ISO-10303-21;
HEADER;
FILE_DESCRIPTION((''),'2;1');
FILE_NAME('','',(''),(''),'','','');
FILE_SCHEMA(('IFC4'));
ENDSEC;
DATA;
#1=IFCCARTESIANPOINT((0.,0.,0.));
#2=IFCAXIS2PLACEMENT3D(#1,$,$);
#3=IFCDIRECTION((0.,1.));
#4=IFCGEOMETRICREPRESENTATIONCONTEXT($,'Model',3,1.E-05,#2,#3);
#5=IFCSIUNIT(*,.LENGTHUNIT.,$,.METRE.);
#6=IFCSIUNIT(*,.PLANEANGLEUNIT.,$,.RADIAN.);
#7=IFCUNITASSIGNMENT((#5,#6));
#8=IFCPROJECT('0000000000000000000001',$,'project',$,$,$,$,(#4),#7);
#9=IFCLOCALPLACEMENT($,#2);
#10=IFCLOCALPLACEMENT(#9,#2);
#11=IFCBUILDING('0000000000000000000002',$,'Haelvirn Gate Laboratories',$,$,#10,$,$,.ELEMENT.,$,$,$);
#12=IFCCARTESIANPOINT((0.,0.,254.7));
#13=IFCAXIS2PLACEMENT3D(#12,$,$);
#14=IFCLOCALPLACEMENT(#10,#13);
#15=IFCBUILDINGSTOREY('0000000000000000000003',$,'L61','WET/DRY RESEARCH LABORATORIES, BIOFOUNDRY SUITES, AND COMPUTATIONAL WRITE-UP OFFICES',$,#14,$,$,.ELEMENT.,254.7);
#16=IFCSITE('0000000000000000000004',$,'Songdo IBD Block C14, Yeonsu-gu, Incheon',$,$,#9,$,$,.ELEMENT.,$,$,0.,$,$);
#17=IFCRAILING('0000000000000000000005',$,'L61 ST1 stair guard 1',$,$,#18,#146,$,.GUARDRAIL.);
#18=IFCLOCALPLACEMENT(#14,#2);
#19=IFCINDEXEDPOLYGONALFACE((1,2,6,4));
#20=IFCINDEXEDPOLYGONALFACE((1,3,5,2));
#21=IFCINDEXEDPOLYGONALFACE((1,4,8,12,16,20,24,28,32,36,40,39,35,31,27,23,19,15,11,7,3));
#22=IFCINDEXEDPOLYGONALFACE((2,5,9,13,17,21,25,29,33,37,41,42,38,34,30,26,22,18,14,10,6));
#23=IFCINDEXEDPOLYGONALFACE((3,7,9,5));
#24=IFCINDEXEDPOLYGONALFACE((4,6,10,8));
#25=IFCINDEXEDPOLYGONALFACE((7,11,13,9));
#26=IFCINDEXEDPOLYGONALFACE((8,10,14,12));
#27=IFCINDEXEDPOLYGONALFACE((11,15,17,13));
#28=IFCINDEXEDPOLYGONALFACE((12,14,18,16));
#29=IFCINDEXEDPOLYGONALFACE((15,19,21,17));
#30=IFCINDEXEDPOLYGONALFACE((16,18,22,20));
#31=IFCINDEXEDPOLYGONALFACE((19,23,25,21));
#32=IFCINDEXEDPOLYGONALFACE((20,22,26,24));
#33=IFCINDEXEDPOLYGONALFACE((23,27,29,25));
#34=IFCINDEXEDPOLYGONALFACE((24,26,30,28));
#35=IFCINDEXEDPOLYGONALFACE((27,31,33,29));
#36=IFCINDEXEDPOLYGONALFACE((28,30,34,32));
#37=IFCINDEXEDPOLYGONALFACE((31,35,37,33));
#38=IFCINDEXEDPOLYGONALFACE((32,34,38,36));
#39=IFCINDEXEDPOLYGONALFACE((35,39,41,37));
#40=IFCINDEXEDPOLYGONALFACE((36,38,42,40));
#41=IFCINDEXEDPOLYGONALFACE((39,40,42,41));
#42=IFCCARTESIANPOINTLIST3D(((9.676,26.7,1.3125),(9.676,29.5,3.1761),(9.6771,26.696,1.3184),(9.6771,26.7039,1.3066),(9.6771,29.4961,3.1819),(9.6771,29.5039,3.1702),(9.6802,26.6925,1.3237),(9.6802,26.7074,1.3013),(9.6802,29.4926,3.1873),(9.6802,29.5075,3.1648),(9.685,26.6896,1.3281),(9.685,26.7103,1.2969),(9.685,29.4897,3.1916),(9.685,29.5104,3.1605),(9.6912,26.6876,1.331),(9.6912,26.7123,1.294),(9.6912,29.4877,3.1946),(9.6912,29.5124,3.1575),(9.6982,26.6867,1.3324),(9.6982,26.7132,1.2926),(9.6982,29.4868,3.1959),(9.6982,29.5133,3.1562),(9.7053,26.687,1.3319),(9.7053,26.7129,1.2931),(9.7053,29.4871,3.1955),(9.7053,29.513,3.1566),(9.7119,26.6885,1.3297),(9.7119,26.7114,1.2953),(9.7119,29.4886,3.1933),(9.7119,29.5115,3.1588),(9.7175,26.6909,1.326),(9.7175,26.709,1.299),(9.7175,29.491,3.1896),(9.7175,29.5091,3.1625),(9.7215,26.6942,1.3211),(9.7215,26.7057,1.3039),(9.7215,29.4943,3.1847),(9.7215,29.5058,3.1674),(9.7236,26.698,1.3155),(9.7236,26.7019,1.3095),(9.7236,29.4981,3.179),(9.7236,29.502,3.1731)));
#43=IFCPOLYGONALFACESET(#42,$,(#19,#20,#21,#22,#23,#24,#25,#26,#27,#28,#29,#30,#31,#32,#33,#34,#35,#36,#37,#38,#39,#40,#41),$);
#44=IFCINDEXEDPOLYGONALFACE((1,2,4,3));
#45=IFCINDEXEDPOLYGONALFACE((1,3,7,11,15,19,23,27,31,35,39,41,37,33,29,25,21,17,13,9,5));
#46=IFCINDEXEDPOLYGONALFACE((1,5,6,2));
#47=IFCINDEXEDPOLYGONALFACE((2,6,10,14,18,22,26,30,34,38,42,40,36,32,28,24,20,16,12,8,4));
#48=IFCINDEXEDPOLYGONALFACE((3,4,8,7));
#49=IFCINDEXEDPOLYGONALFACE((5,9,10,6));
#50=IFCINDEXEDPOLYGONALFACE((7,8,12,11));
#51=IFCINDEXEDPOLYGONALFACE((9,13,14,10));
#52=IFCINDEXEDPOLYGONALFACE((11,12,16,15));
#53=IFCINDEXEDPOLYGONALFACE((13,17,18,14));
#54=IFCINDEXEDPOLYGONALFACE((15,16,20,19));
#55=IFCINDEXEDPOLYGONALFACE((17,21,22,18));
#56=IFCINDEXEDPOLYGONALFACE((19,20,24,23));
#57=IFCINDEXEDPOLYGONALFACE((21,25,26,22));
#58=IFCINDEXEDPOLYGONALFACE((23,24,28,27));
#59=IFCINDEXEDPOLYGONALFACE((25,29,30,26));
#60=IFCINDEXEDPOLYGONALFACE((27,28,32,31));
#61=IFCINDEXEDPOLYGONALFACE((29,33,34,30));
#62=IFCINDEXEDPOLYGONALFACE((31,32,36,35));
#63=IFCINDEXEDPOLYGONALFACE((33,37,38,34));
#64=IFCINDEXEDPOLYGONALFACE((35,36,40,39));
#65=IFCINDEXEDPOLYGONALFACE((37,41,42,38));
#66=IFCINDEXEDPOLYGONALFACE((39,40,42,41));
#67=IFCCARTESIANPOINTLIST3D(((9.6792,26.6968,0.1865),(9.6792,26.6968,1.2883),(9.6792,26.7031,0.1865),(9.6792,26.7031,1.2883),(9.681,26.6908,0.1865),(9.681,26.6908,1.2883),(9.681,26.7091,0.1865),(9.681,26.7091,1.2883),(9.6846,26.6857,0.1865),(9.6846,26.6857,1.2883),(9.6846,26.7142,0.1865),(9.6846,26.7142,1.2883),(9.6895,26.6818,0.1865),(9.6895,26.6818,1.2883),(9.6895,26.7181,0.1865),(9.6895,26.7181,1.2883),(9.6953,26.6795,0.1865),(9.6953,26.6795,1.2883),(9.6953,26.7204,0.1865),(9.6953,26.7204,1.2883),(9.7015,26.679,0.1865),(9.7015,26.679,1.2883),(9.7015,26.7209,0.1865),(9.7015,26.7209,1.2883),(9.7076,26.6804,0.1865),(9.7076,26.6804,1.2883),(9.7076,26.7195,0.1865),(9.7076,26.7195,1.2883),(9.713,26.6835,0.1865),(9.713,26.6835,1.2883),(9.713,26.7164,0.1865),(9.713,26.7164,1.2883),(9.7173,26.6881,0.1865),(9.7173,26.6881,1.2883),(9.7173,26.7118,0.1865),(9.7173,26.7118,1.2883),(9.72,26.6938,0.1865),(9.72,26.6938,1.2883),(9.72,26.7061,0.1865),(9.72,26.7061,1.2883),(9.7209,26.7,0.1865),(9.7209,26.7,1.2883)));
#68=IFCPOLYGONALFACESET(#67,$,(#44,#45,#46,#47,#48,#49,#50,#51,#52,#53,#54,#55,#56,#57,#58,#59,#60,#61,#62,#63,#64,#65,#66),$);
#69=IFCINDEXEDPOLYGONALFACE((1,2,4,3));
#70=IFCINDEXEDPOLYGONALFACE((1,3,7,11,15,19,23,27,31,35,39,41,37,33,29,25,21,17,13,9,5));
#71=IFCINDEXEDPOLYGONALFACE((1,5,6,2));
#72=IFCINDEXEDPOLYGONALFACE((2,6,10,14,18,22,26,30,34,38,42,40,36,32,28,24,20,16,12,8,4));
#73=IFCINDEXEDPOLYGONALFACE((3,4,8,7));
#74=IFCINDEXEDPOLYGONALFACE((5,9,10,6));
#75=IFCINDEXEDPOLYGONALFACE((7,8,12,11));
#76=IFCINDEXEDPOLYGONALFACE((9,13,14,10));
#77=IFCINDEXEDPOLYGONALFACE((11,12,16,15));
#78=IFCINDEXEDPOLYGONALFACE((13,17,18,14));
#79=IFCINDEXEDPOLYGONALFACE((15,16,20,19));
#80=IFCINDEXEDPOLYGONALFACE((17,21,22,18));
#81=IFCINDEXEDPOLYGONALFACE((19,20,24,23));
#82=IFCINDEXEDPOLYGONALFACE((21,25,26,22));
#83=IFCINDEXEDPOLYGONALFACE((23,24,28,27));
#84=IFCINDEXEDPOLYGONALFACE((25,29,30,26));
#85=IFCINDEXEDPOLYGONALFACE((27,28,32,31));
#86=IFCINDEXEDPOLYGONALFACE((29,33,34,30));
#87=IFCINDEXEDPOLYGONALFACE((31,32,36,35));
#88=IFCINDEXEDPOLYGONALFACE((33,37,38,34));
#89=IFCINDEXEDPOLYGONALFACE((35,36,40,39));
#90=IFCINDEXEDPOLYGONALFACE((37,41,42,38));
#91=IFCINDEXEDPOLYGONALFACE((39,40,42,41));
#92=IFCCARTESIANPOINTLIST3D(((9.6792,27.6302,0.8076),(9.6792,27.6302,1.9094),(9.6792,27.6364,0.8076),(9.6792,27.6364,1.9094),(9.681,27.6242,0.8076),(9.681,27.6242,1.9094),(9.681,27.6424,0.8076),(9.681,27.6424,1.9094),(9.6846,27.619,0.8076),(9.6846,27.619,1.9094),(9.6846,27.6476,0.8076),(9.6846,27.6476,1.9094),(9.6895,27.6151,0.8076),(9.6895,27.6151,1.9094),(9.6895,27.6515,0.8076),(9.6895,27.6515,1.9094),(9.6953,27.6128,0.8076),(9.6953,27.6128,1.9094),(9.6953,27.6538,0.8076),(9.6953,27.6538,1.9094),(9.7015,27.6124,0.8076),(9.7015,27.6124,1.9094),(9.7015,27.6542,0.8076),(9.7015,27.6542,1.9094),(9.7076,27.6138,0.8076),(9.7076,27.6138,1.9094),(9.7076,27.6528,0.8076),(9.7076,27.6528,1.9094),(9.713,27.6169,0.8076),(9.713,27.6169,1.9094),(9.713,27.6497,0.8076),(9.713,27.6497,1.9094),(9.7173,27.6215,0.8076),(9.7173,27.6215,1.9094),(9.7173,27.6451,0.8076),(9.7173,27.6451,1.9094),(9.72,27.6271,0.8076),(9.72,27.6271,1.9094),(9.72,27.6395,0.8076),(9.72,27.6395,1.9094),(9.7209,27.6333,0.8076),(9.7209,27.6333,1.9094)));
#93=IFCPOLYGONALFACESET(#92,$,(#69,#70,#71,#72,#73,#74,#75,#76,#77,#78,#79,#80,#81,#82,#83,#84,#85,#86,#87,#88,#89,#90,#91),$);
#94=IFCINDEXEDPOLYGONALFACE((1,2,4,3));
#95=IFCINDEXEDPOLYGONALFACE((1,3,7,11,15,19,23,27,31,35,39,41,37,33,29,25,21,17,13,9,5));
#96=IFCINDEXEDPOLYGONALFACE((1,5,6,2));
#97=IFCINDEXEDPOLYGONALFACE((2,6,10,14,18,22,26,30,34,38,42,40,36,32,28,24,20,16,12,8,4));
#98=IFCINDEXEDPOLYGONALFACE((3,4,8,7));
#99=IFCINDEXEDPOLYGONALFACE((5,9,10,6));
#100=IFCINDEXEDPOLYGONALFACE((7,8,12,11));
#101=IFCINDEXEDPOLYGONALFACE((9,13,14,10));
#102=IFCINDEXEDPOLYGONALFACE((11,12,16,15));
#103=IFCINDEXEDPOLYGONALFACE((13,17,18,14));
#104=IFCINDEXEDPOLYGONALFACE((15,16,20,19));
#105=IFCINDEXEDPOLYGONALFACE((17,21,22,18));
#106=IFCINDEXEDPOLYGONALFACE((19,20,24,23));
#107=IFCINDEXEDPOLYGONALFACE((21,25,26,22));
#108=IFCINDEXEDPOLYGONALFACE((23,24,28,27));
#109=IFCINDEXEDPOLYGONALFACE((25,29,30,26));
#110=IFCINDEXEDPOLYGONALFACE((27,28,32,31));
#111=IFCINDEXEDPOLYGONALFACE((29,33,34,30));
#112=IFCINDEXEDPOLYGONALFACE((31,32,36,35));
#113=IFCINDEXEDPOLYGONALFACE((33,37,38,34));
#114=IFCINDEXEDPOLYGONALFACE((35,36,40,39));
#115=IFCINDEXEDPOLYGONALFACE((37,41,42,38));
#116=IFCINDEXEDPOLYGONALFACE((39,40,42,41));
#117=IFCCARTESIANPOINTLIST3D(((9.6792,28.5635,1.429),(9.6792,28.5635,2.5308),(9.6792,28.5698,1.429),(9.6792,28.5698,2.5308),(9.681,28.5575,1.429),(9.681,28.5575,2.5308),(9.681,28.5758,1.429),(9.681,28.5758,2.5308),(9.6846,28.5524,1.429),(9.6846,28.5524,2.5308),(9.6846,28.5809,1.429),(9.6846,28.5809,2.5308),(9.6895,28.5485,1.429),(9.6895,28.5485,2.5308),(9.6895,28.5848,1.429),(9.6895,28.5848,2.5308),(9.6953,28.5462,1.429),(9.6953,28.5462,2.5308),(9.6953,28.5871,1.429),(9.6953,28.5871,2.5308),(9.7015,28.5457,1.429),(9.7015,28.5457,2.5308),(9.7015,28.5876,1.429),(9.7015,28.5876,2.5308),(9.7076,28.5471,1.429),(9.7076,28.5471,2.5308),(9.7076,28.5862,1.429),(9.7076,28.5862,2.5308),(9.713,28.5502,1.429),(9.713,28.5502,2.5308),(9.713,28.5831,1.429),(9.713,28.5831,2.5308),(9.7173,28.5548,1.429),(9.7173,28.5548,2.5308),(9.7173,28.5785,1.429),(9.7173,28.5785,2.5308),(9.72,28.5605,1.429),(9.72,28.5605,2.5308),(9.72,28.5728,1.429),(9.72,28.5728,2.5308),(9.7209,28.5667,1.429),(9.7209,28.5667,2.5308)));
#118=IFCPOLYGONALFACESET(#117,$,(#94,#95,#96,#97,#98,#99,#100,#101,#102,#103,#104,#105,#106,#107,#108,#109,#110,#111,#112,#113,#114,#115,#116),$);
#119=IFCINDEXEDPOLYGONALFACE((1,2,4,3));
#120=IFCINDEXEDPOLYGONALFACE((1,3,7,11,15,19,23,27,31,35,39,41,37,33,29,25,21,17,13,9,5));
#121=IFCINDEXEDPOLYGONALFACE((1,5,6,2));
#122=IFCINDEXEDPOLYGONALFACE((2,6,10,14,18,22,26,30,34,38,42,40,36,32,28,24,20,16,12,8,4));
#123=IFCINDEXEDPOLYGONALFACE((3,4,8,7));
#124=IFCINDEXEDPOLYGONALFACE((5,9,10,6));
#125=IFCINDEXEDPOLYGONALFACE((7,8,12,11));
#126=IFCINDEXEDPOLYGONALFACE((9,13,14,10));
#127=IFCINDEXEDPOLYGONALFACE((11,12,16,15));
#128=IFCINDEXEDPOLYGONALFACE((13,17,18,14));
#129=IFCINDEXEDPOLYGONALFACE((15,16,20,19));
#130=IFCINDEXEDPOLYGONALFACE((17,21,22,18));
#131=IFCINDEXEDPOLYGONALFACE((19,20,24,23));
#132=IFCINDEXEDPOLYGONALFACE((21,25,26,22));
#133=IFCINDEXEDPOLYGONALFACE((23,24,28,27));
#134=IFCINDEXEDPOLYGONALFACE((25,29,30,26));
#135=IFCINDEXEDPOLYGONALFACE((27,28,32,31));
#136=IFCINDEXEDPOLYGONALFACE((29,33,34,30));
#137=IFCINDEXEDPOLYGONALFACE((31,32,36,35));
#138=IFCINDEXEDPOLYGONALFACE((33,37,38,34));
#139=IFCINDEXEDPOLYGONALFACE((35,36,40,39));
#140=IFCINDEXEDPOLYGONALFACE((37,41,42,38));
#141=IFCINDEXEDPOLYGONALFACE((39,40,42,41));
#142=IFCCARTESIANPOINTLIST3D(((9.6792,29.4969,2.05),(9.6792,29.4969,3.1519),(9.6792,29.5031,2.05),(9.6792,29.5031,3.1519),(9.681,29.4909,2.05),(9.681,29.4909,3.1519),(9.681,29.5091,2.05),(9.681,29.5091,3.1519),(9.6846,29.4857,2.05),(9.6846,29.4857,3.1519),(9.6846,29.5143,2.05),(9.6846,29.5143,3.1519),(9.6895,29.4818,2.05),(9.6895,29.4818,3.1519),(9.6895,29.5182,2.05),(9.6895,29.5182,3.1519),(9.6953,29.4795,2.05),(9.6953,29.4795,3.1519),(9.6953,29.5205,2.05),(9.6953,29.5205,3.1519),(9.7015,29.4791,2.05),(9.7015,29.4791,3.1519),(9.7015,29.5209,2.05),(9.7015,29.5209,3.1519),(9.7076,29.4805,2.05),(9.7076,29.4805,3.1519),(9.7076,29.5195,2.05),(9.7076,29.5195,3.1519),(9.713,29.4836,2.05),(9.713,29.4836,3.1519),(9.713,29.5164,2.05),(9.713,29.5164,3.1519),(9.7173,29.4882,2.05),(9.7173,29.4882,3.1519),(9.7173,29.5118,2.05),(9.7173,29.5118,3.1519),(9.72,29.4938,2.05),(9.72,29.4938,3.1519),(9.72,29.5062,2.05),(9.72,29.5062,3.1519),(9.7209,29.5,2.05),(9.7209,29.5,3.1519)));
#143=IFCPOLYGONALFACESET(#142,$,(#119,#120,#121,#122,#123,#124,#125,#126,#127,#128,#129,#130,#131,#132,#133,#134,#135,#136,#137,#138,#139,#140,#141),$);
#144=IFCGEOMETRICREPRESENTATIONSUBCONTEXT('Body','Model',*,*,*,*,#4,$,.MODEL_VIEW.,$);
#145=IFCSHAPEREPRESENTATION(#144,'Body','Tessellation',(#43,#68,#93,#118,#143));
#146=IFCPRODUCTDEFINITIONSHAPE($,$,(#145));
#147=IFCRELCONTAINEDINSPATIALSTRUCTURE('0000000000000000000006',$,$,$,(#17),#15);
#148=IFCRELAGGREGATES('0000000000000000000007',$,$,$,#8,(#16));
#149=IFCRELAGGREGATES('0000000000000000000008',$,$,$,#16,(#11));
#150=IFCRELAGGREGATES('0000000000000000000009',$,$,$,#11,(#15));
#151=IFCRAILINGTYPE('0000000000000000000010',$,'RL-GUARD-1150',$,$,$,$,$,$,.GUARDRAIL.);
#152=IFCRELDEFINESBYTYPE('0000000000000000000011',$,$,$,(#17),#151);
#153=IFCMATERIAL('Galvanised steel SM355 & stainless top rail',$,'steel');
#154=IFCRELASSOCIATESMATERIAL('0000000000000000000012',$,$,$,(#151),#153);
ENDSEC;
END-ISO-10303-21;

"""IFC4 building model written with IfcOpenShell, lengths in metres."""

from ifc_helpers import new_model, si_unit, direction, frame, origin, origin_2d, place, context, subcontext, project, spatial, circle, extrude, source, transform, mapped, material, type_object, element, save


model = new_model("IFC4")

# Units and contexts
model_context = context("Model", 3, precision=1e-05, world=origin(), true_north=direction((0.0, 1.0)))
body_context = subcontext(model_context, "Body", "Model", "MODEL_VIEW")
ifc_project = project(units=[si_unit("LENGTHUNIT", "METRE"), si_unit("PLANEANGLEUNIT", "RADIAN")], contexts=[model_context])

# Site, building, storey
site_placement = place(None, origin())
site = spatial("IfcSite", under=ifc_project, at=site_placement, Name="Songdo IBD Block C14, Yeonsu-gu, Incheon", CompositionType="ELEMENT", RefElevation=0.0)
building_placement = place(site_placement, origin())
building = spatial("IfcBuilding", under=site, at=building_placement, Name="Haelvirn Gate Laboratories", CompositionType="ELEMENT")
storey_placement = place(building_placement, frame((0.0, 0.0, 254.7)))
storey = spatial("IfcBuildingStorey", under=building, at=storey_placement, Name="L61", Description="WET/DRY RESEARCH LABORATORIES, BIOFOUNDRY SUITES, AND COMPUTATIONAL WRITE-UP OFFICES", CompositionType="ELEMENT", Elevation=254.7)

# Railing
ifc_material_1 = material(Name="Galvanised steel SM355 & stainless top rail", Category="steel")
railing_type_1 = type_object("IfcRailingType", Name="RL-GUARD-1150", PredefinedType="GUARDRAIL", material=ifc_material_1)
shared_shape_1 = source(origin(), body_context, "Body", "SweptSolid", [
    extrude(circle(Radius=0.0239, at=origin_2d()), frame((0.0, 0.0, 1.126), z_axis=(0.0, 0.832486, 0.554047), x_axis=(-1.0, 0.0, 0.0)), (0.0, 0.0, 1.0), 3.3635),
    extrude(circle(Radius=0.021, at=origin_2d()), origin(), (0.0, 0.0, 1.0), 1.1018),
    extrude(circle(Radius=0.021, at=origin_2d()), frame((0.0, 0.9333, 0.6211)), (0.0, 0.0, 1.0), 1.1018),
    extrude(circle(Radius=0.021, at=origin_2d()), frame((0.0, 1.8667, 1.2424)), (0.0, 0.0, 1.0), 1.1018),
    extrude(circle(Radius=0.021, at=origin_2d()), frame((0.0, 2.8, 1.8635)), (0.0, 0.0, 1.0), 1.1018),
])
railing_1_placement = place(storey_placement, frame((9.7, 26.7, 0.1865)))
element("IfcRailing", 1, at=railing_1_placement, inside=storey, type_object=railing_type_1, Name="L61 ST1 stair guard 1", PredefinedType="GUARDRAIL", context=body_context, shape_type="MappedRepresentation", body=[
    mapped(shared_shape_1, transform((0.0, 0.0, 0.0), scale=1.0)),
])

save(model, "model.ifc")
